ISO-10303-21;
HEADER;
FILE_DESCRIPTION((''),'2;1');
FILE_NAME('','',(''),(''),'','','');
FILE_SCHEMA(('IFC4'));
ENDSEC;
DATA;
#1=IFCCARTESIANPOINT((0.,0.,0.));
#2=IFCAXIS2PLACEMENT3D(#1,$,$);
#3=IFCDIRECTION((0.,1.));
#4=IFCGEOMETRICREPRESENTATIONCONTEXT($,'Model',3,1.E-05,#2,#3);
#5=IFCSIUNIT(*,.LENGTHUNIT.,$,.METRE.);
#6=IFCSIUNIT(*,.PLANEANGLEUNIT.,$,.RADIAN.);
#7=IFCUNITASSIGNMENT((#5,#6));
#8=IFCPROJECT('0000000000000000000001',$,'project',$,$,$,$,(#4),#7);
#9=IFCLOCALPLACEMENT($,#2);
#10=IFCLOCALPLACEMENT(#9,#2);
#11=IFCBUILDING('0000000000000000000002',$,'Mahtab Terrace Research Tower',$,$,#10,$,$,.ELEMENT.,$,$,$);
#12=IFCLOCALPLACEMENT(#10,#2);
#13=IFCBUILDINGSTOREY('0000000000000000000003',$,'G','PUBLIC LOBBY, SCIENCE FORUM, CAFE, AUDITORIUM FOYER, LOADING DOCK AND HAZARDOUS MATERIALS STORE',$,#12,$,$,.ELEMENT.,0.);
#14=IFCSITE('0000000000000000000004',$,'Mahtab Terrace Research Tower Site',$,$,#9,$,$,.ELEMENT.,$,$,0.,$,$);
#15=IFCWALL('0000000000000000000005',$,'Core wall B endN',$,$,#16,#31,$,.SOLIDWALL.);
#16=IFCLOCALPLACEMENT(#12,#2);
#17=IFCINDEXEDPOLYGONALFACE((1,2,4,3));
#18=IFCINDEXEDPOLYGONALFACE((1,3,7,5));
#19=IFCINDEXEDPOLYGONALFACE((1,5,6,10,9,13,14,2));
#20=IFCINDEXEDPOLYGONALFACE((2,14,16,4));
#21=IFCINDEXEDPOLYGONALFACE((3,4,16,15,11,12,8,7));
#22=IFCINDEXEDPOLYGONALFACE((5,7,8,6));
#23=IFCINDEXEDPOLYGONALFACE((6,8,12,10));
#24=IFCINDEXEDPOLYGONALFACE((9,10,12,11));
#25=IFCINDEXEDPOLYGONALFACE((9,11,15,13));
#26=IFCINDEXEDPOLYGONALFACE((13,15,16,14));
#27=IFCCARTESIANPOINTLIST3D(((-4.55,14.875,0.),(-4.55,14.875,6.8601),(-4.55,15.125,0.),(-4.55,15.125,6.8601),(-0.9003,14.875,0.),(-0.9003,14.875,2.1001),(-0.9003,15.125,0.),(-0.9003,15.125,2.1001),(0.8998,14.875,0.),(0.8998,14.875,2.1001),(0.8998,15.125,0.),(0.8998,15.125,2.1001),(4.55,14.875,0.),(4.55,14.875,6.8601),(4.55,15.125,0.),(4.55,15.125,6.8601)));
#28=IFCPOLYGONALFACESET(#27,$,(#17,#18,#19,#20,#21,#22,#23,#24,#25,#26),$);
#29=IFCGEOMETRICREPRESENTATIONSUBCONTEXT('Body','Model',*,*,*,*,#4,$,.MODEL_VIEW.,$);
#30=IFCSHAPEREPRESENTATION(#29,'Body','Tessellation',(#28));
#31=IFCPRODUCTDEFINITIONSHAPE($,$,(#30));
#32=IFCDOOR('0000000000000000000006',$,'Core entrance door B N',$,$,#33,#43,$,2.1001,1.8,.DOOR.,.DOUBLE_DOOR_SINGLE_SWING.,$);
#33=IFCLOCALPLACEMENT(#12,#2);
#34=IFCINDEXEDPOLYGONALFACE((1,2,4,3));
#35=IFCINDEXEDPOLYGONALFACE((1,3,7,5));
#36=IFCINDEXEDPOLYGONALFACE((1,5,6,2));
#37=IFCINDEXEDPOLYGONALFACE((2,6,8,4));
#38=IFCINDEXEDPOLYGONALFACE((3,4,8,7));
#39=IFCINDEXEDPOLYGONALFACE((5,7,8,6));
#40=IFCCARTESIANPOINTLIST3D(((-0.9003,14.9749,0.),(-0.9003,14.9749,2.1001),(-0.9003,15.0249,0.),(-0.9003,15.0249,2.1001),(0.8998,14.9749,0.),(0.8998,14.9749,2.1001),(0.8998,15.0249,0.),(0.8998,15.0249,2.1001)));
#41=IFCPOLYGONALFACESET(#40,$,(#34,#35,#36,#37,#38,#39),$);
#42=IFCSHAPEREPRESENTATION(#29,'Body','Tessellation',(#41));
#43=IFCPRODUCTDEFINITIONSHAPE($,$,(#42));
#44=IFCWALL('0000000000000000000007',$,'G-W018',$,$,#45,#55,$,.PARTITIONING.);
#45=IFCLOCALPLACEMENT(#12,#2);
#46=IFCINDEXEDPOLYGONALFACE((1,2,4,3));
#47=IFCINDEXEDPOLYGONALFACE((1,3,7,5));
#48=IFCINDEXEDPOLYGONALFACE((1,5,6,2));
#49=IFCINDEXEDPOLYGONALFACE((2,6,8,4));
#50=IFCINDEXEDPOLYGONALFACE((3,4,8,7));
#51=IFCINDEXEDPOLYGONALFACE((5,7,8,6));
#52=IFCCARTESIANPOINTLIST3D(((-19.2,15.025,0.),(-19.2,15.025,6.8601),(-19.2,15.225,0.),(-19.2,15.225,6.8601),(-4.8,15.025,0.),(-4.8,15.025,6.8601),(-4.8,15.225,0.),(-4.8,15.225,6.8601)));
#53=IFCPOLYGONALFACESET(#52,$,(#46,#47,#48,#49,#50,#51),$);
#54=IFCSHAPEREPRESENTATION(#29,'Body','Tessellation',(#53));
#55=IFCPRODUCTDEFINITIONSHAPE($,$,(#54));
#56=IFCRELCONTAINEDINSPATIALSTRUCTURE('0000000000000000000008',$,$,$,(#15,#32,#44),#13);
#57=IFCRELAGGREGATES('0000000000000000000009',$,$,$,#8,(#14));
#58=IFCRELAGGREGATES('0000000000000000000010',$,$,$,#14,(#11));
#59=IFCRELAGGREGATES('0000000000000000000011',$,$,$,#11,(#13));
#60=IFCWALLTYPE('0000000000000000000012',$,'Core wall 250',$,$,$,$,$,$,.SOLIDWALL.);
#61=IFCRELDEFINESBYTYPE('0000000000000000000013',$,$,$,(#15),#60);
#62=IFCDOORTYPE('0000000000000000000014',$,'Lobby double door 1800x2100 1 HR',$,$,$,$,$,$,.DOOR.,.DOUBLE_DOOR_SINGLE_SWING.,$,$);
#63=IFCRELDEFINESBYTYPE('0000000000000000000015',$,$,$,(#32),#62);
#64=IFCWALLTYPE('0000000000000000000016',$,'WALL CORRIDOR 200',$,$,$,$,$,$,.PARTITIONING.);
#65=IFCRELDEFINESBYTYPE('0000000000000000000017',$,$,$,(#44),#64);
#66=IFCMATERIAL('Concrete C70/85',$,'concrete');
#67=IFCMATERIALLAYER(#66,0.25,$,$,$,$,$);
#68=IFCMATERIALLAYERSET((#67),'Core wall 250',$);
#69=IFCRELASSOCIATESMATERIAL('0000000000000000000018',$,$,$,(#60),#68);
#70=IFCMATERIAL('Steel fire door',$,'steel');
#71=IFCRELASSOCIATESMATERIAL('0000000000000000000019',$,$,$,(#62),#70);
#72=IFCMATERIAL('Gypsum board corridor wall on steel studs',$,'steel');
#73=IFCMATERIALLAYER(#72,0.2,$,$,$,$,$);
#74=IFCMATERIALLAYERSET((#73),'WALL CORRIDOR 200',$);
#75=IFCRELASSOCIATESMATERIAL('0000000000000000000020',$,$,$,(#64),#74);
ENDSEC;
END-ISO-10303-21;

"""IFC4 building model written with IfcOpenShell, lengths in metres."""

from ifc_helpers import new_model, si_unit, direction, frame, frame_2d, origin, place, context, subcontext, project, spatial, rectangle, extrude, material, layer, layer_set, type_object, element, fill, save


model = new_model("IFC4")

# Units and contexts
model_context = context("Model", 3, precision=1e-05, world=origin(), true_north=direction((0.0, 1.0)))
body_context = subcontext(model_context, "Body", "Model", "MODEL_VIEW")
ifc_project = project(units=[si_unit("LENGTHUNIT", "METRE"), si_unit("PLANEANGLEUNIT", "RADIAN")], contexts=[model_context])

# Site, building, storey
site_placement = place(None, origin())
site = spatial("IfcSite", under=ifc_project, at=site_placement, Name="Mahtab Terrace Research Tower Site", CompositionType="ELEMENT", RefElevation=0.0)
building_placement = place(site_placement, origin())
building = spatial("IfcBuilding", under=site, at=building_placement, Name="Mahtab Terrace Research Tower", CompositionType="ELEMENT")
storey_placement = place(building_placement, origin())
storey = spatial("IfcBuildingStorey", under=building, at=storey_placement, Name="G", Description="PUBLIC LOBBY, SCIENCE FORUM, CAFE, AUDITORIUM FOYER, LOADING DOCK AND HAZARDOUS MATERIALS STORE", CompositionType="ELEMENT", Elevation=0.0)

# Shared definitions
ifc_material_1 = material(Name="Concrete C70/85", Category="concrete")

# Shared definitions
ifc_layer_1 = layer(ifc_material_1, 0.25)
ifc_layer_set_1 = layer_set([ifc_layer_1], Name="Core wall 250")
wall_type_1 = type_object("IfcWallType", Name="Core wall 250", PredefinedType="SOLIDWALL", material=ifc_layer_set_1)

# Wall, opening, door
wall_1_placement = place(storey_placement, frame((-4.55, 15.0, 0.0), z_axis=(0.0, 0.0, 1.0), x_axis=(1.0, 0.0, 0.0)))
wall_1 = element("IfcWall", 1, at=wall_1_placement, inside=storey, type_object=wall_type_1, Name="Core wall B endN", PredefinedType="SOLIDWALL", context=body_context, shape_type="SweptSolid", body=[
    extrude(rectangle(XDim=9.1001, YDim=0.25, at=frame_2d((4.55, 0.0))), origin(), (0.0, 0.0, 1.0), 6.8601),
])
opening_placement = place(wall_1_placement, frame((3.6499, 0.0, 0.0)))
opening = element("IfcOpeningElement", 2, at=opening_placement, cuts=wall_1, PredefinedType="OPENING", context=body_context, shape_type="SweptSolid", body=[
    extrude(rectangle(XDim=1.8, YDim=2.1001, at=frame_2d((0.8999, 1.05))), frame((0.0, 0.135, 0.0), z_axis=(0.0, -1.0, 0.0), x_axis=(1.0, 0.0, 0.0)), (0.0, 0.0, 1.0), 0.27),
])
ifc_material_2 = material(Name="Steel fire door", Category="steel")
door_type = type_object("IfcDoorType", Name="Lobby double door 1800x2100 1 HR", OperationType="DOUBLE_DOOR_SINGLE_SWING", PredefinedType="DOOR", material=ifc_material_2)
door_placement = place(opening_placement, origin())
door = element("IfcDoor", 3, at=door_placement, inside=storey, type_object=door_type, Name="Core entrance door B N", OperationType="DOUBLE_DOOR_SINGLE_SWING", OverallHeight=2.1001, OverallWidth=1.8, PredefinedType="DOOR", context=body_context, shape_type="SweptSolid", body=[
    extrude(rectangle(XDim=1.8, YDim=2.1001, at=frame_2d((0.8999, 1.05))), frame((0.0, 0.0249, 0.0), z_axis=(0.0, -1.0, 0.0), x_axis=(1.0, 0.0, 0.0)), (0.0, 0.0, 1.0), 0.05),
])
fill(opening, door)

# Wall
ifc_material_3 = material(Name="Gypsum board corridor wall on steel studs", Category="steel")
ifc_layer_2 = layer(ifc_material_3, 0.2)
ifc_layer_set_2 = layer_set([ifc_layer_2], Name="WALL CORRIDOR 200")
wall_type_2 = type_object("IfcWallType", Name="WALL CORRIDOR 200", PredefinedType="PARTITIONING", material=ifc_layer_set_2)
wall_2_placement = place(storey_placement, frame((-19.2, 15.125, 0.0), z_axis=(0.0, 0.0, 1.0), x_axis=(1.0, 0.0, 0.0)))
element("IfcWall", 4, at=wall_2_placement, inside=storey, type_object=wall_type_2, Name="G-W018", PredefinedType="PARTITIONING", context=body_context, shape_type="SweptSolid", body=[
    extrude(rectangle(XDim=14.3999, YDim=0.2, at=frame_2d((7.2, 0.0))), origin(), (0.0, 0.0, 1.0), 6.8601),
])

save(model, "model.ifc")
